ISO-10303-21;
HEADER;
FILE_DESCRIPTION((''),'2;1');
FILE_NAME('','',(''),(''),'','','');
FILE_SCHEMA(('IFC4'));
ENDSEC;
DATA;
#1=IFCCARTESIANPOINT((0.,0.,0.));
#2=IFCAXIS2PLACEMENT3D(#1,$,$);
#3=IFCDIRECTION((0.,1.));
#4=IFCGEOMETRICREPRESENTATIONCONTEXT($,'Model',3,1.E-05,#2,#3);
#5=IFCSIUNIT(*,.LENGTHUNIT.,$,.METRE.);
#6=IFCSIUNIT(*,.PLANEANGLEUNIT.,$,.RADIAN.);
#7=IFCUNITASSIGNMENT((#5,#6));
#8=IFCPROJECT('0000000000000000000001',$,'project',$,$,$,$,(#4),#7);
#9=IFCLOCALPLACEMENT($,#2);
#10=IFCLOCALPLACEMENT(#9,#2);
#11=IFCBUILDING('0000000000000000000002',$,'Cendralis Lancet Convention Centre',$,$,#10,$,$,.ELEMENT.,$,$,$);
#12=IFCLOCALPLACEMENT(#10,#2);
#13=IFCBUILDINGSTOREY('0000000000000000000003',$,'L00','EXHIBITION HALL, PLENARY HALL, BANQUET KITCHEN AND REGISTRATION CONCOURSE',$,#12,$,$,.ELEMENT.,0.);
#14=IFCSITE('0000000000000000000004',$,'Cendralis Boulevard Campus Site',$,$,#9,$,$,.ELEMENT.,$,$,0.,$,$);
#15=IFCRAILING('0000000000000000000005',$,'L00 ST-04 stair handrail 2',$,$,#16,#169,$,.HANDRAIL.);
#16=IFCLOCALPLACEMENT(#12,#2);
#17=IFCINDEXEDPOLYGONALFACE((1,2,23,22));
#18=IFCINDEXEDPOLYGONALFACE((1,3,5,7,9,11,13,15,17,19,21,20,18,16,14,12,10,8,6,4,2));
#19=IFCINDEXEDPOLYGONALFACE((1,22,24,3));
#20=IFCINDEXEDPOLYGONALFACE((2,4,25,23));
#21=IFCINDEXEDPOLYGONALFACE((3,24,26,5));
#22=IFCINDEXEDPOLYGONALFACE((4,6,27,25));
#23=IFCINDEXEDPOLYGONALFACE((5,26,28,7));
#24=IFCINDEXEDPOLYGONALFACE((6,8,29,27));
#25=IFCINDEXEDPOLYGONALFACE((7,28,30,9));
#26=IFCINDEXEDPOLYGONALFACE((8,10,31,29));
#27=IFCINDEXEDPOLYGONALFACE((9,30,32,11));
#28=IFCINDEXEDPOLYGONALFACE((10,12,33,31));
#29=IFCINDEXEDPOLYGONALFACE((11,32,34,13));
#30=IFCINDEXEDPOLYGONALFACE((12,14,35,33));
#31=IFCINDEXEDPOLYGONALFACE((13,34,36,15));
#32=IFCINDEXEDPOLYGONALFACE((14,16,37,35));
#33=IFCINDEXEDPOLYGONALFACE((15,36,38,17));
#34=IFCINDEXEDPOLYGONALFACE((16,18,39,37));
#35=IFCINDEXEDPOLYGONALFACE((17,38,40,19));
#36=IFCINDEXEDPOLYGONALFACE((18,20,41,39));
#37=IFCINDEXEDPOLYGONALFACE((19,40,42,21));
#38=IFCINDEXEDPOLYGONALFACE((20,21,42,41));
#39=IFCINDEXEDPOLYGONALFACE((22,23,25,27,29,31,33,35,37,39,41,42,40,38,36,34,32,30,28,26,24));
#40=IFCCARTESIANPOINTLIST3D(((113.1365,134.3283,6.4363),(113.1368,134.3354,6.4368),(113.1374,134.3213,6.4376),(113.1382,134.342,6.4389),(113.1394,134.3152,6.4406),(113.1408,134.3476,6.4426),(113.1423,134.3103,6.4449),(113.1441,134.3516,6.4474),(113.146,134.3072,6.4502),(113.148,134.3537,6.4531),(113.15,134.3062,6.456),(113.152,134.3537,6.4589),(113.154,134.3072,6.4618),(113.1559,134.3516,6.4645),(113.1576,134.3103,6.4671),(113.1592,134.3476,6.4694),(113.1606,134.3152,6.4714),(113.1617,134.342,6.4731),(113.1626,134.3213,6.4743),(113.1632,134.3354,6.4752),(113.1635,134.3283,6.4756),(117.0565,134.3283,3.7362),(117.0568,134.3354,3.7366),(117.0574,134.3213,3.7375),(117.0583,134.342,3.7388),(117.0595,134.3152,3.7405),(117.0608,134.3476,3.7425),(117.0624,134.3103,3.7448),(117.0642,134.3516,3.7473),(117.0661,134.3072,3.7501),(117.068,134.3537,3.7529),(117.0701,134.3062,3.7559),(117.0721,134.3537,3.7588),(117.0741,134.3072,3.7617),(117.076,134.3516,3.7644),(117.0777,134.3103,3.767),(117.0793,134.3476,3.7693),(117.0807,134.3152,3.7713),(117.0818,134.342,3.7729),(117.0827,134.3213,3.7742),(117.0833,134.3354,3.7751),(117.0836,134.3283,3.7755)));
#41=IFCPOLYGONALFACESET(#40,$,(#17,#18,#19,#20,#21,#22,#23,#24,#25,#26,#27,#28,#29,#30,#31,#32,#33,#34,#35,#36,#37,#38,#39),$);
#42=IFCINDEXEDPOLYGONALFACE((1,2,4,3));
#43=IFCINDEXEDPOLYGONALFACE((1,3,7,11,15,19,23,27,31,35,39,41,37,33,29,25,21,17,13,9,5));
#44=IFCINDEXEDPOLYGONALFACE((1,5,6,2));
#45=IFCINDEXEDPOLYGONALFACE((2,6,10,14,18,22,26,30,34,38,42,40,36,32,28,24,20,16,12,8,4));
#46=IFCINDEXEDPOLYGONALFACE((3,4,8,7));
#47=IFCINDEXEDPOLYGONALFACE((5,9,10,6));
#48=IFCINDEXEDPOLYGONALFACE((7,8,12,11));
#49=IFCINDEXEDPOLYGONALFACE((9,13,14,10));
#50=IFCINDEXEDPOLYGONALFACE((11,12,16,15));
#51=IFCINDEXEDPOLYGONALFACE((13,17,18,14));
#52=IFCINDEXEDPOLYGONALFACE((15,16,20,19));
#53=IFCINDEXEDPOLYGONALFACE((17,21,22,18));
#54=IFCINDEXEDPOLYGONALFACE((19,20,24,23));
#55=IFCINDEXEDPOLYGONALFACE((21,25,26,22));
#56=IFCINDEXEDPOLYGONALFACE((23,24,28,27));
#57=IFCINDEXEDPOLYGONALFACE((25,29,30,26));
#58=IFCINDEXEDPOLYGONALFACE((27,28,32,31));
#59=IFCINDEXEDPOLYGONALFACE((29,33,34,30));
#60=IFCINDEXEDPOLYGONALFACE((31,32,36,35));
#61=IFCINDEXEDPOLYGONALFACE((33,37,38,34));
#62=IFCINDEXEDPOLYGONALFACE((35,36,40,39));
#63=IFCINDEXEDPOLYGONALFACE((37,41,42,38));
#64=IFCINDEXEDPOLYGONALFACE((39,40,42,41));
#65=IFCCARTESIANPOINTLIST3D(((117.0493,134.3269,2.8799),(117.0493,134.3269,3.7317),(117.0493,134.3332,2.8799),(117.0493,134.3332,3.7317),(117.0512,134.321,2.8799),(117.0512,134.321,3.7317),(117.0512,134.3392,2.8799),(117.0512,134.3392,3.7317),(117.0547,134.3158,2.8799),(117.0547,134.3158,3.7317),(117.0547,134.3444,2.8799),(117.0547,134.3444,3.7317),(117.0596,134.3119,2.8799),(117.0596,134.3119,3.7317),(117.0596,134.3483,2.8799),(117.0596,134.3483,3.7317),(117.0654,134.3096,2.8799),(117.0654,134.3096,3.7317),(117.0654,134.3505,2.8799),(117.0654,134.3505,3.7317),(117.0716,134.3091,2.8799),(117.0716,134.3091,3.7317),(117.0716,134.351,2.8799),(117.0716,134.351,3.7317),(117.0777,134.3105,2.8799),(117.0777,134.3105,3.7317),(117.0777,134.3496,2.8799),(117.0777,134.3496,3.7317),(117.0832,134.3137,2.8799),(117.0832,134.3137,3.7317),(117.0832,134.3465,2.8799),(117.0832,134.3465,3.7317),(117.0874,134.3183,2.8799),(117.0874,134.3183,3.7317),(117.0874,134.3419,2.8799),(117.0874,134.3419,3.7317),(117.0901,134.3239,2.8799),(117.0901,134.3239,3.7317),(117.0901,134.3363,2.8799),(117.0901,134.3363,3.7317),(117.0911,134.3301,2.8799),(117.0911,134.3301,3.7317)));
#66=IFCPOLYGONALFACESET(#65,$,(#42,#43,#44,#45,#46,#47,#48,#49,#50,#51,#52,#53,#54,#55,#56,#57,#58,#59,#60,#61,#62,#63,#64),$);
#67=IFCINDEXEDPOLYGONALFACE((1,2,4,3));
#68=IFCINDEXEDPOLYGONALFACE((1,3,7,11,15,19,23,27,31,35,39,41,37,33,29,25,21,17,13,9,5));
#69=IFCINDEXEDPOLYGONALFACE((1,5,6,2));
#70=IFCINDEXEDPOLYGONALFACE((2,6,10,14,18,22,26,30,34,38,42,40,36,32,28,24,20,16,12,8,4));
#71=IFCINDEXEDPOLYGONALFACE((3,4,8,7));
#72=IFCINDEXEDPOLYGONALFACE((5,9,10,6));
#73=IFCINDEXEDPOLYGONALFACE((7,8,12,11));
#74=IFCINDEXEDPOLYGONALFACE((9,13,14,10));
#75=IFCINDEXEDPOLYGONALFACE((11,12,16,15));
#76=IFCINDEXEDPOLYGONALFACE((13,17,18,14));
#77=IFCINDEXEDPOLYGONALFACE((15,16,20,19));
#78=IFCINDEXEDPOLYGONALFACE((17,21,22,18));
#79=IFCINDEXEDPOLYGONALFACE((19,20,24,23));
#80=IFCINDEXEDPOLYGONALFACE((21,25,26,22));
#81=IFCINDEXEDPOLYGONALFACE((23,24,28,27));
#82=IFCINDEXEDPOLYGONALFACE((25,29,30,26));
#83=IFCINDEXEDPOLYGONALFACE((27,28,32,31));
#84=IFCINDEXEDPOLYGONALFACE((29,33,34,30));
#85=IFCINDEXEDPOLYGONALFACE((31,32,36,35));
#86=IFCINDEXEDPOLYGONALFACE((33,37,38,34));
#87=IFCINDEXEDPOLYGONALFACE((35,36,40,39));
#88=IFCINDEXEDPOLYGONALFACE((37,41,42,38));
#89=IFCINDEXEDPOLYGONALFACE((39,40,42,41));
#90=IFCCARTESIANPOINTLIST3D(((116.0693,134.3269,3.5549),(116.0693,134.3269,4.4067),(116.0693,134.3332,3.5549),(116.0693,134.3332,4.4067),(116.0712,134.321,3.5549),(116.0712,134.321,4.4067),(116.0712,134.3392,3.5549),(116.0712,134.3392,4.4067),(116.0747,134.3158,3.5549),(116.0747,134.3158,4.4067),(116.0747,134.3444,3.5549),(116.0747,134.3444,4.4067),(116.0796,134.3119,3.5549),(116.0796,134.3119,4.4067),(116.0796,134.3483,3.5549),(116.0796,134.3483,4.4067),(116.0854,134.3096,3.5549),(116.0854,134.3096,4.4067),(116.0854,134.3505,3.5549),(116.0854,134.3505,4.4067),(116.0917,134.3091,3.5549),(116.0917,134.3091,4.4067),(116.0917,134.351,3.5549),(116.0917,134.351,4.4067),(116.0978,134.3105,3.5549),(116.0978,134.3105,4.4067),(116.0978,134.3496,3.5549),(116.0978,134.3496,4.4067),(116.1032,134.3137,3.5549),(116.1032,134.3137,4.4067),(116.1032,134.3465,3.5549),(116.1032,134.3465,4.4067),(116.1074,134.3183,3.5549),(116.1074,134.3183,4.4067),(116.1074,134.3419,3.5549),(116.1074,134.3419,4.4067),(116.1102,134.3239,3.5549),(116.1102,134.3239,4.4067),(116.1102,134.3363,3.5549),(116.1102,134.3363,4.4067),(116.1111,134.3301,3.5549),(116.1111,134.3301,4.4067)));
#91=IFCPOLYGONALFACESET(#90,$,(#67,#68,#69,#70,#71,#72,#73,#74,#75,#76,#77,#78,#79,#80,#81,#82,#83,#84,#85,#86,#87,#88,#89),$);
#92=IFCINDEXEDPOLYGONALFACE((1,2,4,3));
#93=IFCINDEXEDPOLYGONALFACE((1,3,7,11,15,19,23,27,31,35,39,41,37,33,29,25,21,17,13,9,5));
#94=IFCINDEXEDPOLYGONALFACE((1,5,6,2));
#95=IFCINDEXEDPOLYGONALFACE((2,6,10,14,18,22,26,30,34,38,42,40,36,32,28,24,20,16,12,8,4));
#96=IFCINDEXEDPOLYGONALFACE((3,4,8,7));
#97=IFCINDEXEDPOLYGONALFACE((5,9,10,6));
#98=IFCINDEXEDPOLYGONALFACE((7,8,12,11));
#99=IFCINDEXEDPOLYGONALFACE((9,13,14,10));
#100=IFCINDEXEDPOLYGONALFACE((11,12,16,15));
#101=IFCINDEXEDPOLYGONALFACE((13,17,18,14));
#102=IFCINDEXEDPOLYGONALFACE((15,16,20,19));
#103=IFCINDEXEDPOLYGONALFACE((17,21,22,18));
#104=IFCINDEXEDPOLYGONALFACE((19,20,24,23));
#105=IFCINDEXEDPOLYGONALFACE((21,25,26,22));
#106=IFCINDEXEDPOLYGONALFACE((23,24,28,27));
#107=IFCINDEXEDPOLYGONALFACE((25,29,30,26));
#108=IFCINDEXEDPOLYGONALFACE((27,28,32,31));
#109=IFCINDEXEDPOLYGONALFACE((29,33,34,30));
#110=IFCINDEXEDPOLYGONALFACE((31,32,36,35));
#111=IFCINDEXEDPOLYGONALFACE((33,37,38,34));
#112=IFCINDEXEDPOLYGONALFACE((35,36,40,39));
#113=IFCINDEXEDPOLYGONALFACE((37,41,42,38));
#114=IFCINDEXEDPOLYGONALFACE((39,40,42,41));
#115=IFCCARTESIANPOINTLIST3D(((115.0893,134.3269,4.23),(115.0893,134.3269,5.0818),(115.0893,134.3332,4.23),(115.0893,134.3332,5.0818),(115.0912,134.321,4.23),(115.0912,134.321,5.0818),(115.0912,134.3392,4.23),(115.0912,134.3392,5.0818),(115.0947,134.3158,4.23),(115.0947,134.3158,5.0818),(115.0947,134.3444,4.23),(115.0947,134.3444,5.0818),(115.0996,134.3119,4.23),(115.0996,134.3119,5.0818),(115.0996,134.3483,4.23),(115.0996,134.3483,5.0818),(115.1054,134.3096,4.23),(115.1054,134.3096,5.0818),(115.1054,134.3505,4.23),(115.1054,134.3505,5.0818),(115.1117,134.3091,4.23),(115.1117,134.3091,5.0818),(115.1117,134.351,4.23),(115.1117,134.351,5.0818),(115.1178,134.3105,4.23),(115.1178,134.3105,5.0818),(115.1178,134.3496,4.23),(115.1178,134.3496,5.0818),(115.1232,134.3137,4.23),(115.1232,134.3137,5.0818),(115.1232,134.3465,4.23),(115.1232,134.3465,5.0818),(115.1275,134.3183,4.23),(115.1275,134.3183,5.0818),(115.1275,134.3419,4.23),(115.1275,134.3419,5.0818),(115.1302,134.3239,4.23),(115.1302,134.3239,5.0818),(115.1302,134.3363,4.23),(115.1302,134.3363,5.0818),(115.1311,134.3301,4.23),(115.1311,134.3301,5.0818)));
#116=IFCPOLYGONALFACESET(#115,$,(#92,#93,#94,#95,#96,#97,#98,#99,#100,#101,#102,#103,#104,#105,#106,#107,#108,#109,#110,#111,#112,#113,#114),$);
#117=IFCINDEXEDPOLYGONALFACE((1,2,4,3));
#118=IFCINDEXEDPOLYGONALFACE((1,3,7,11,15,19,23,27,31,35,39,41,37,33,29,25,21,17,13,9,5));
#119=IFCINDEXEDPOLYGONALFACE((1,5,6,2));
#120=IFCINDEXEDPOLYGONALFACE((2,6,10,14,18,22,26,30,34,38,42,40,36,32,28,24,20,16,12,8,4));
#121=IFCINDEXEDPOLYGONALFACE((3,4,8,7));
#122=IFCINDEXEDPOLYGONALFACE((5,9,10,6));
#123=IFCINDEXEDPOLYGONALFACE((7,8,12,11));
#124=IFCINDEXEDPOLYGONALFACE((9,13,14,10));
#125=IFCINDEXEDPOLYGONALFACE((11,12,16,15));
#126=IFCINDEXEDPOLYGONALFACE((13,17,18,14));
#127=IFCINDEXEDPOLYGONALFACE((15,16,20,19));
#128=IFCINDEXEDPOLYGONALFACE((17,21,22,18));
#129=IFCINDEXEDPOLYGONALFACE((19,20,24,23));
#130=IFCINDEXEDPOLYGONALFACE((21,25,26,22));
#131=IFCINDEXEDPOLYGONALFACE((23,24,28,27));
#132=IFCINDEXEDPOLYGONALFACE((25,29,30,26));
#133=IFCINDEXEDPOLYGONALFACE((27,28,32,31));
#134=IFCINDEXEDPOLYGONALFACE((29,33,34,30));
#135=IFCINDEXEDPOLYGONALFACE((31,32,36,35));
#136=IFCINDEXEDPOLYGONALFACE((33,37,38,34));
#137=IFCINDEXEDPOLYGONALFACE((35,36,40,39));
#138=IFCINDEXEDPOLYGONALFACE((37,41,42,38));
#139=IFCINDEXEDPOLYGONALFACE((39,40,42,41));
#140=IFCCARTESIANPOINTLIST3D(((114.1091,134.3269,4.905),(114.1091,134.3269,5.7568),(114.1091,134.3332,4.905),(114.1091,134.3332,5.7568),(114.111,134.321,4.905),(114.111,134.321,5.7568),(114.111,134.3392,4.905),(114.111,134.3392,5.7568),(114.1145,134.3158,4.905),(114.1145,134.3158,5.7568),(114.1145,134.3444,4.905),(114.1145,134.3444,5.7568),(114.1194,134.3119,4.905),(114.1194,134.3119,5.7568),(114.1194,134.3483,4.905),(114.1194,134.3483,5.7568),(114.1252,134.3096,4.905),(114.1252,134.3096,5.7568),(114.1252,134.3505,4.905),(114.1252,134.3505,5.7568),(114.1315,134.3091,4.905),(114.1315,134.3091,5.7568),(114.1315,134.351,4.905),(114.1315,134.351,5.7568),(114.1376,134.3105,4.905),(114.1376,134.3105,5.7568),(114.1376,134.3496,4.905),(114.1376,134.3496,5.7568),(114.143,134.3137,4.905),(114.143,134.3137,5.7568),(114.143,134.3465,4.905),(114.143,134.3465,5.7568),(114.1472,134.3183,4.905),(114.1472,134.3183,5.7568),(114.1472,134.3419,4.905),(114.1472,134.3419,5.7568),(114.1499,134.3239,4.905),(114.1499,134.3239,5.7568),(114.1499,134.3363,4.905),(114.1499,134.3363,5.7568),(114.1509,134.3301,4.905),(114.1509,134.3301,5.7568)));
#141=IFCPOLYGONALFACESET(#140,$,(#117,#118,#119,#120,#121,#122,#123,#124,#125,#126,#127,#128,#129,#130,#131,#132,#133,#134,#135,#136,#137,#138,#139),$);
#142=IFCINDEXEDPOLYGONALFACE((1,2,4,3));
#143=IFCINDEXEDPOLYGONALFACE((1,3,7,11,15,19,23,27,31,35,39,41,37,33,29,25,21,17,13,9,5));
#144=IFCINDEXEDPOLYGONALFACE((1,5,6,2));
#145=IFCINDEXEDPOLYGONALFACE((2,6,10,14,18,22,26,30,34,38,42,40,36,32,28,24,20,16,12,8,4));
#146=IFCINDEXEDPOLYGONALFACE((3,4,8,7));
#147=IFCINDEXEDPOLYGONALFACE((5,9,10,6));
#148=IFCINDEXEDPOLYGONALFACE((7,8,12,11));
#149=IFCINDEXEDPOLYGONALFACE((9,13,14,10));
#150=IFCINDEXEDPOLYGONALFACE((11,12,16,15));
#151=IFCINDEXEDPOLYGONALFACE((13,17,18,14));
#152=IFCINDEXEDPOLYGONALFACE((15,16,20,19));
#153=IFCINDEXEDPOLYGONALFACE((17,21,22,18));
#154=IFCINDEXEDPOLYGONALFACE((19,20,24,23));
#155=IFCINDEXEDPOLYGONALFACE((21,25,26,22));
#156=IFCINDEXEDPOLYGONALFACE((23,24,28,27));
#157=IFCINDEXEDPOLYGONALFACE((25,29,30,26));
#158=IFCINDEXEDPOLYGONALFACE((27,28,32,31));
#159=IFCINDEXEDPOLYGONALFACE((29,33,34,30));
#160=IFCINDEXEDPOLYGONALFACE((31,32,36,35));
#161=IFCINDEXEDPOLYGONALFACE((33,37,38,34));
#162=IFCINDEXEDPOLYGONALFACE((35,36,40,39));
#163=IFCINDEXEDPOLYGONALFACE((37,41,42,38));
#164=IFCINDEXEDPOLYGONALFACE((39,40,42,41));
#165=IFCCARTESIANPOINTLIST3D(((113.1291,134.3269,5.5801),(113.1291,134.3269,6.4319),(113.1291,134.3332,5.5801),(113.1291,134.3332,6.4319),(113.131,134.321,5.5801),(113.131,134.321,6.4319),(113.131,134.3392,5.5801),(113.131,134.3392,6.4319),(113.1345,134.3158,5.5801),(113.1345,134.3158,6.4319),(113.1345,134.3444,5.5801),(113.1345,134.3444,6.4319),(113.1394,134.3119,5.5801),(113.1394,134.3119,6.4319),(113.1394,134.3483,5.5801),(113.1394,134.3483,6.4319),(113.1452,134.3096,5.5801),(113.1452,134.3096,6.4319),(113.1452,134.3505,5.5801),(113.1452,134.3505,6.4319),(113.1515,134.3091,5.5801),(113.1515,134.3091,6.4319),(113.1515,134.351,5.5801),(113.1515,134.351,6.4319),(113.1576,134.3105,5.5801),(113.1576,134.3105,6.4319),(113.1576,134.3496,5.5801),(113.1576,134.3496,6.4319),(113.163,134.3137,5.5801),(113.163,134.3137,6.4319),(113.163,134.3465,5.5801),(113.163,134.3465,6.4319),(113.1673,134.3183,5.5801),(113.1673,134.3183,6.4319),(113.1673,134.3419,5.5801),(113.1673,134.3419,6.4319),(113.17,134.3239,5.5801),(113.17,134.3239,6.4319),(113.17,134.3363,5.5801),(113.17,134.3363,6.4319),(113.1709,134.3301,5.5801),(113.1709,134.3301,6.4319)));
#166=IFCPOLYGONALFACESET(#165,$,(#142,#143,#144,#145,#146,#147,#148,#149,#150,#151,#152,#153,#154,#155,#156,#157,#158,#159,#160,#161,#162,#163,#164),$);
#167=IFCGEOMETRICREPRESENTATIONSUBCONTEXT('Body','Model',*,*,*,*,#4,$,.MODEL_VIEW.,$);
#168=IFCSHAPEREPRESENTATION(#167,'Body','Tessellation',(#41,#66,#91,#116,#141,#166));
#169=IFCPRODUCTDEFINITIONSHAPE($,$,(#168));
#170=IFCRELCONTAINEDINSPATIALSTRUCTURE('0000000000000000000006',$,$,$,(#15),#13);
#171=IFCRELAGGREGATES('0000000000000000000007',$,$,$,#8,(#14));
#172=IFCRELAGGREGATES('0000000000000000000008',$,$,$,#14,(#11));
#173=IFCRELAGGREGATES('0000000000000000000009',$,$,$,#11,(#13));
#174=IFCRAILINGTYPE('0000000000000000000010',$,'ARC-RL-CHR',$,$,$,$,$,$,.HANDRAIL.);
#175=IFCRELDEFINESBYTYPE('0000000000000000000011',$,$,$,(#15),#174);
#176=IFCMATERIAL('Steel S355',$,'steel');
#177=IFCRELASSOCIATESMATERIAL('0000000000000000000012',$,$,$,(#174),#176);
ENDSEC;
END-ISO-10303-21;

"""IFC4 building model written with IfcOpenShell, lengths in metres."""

from ifc_helpers import new_model, si_unit, direction, frame, origin, origin_2d, place, context, subcontext, project, spatial, circle, extrude, material, type_object, element, save


model = new_model("IFC4")

# Units and contexts
model_context = context("Model", 3, precision=1e-05, world=origin(), true_north=direction((0.0, 1.0)))
body_context = subcontext(model_context, "Body", "Model", "MODEL_VIEW")
ifc_project = project(units=[si_unit("LENGTHUNIT", "METRE"), si_unit("PLANEANGLEUNIT", "RADIAN")], contexts=[model_context])

# Site, building, storey
site_placement = place(None, origin())
site = spatial("IfcSite", under=ifc_project, at=site_placement, Name="Cendralis Boulevard Campus Site", CompositionType="ELEMENT", RefElevation=0.0)
building_placement = place(site_placement, origin())
building = spatial("IfcBuilding", under=site, at=building_placement, Name="Cendralis Lancet Convention Centre", CompositionType="ELEMENT")
storey_placement = place(building_placement, origin())
storey = spatial("IfcBuildingStorey", under=building, at=storey_placement, Name="L00", Description="EXHIBITION HALL, PLENARY HALL, BANQUET KITCHEN AND REGISTRATION CONCOURSE", CompositionType="ELEMENT", Elevation=0.0)

# Shared definitions
ifc_material_1 = material(Name="Steel S355", Category="steel")

# Railing
railing_type_1 = type_object("IfcRailingType", Name="ARC-RL-CHR", PredefinedType="HANDRAIL", material=ifc_material_1)
railing_1_placement = place(storey_placement, frame((117.0701, 134.3301, 2.8799)))
element("IfcRailing", 1, at=railing_1_placement, inside=storey, type_object=railing_type_1, Name="L00 ST-04 stair handrail 2", PredefinedType="HANDRAIL", context=body_context, shape_type="SweptSolid", body=[
    extrude(circle(Radius=0.0239, at=origin_2d()), frame((0.0, 0.0, 0.876), z_axis=(-0.823543, 0.0, 0.567253), x_axis=(0.0, -1.0, 0.0)), (0.0, 0.0, 1.0), 4.76),
    extrude(circle(Radius=0.021, at=origin_2d()), origin(), (0.0, 0.0, 1.0), 0.8518),
    extrude(circle(Radius=0.021, at=origin_2d()), frame((-0.98, 0.0, 0.675)), (0.0, 0.0, 1.0), 0.8518),
    extrude(circle(Radius=0.021, at=origin_2d()), frame((-1.96, 0.0, 1.3501)), (0.0, 0.0, 1.0), 0.8518),
    extrude(circle(Radius=0.021, at=origin_2d()), frame((-2.9402, 0.0, 2.0251)), (0.0, 0.0, 1.0), 0.8518),
    extrude(circle(Radius=0.021, at=origin_2d()), frame((-3.9202, 0.0, 2.7002)), (0.0, 0.0, 1.0), 0.8518),
])

save(model, "model.ifc")
